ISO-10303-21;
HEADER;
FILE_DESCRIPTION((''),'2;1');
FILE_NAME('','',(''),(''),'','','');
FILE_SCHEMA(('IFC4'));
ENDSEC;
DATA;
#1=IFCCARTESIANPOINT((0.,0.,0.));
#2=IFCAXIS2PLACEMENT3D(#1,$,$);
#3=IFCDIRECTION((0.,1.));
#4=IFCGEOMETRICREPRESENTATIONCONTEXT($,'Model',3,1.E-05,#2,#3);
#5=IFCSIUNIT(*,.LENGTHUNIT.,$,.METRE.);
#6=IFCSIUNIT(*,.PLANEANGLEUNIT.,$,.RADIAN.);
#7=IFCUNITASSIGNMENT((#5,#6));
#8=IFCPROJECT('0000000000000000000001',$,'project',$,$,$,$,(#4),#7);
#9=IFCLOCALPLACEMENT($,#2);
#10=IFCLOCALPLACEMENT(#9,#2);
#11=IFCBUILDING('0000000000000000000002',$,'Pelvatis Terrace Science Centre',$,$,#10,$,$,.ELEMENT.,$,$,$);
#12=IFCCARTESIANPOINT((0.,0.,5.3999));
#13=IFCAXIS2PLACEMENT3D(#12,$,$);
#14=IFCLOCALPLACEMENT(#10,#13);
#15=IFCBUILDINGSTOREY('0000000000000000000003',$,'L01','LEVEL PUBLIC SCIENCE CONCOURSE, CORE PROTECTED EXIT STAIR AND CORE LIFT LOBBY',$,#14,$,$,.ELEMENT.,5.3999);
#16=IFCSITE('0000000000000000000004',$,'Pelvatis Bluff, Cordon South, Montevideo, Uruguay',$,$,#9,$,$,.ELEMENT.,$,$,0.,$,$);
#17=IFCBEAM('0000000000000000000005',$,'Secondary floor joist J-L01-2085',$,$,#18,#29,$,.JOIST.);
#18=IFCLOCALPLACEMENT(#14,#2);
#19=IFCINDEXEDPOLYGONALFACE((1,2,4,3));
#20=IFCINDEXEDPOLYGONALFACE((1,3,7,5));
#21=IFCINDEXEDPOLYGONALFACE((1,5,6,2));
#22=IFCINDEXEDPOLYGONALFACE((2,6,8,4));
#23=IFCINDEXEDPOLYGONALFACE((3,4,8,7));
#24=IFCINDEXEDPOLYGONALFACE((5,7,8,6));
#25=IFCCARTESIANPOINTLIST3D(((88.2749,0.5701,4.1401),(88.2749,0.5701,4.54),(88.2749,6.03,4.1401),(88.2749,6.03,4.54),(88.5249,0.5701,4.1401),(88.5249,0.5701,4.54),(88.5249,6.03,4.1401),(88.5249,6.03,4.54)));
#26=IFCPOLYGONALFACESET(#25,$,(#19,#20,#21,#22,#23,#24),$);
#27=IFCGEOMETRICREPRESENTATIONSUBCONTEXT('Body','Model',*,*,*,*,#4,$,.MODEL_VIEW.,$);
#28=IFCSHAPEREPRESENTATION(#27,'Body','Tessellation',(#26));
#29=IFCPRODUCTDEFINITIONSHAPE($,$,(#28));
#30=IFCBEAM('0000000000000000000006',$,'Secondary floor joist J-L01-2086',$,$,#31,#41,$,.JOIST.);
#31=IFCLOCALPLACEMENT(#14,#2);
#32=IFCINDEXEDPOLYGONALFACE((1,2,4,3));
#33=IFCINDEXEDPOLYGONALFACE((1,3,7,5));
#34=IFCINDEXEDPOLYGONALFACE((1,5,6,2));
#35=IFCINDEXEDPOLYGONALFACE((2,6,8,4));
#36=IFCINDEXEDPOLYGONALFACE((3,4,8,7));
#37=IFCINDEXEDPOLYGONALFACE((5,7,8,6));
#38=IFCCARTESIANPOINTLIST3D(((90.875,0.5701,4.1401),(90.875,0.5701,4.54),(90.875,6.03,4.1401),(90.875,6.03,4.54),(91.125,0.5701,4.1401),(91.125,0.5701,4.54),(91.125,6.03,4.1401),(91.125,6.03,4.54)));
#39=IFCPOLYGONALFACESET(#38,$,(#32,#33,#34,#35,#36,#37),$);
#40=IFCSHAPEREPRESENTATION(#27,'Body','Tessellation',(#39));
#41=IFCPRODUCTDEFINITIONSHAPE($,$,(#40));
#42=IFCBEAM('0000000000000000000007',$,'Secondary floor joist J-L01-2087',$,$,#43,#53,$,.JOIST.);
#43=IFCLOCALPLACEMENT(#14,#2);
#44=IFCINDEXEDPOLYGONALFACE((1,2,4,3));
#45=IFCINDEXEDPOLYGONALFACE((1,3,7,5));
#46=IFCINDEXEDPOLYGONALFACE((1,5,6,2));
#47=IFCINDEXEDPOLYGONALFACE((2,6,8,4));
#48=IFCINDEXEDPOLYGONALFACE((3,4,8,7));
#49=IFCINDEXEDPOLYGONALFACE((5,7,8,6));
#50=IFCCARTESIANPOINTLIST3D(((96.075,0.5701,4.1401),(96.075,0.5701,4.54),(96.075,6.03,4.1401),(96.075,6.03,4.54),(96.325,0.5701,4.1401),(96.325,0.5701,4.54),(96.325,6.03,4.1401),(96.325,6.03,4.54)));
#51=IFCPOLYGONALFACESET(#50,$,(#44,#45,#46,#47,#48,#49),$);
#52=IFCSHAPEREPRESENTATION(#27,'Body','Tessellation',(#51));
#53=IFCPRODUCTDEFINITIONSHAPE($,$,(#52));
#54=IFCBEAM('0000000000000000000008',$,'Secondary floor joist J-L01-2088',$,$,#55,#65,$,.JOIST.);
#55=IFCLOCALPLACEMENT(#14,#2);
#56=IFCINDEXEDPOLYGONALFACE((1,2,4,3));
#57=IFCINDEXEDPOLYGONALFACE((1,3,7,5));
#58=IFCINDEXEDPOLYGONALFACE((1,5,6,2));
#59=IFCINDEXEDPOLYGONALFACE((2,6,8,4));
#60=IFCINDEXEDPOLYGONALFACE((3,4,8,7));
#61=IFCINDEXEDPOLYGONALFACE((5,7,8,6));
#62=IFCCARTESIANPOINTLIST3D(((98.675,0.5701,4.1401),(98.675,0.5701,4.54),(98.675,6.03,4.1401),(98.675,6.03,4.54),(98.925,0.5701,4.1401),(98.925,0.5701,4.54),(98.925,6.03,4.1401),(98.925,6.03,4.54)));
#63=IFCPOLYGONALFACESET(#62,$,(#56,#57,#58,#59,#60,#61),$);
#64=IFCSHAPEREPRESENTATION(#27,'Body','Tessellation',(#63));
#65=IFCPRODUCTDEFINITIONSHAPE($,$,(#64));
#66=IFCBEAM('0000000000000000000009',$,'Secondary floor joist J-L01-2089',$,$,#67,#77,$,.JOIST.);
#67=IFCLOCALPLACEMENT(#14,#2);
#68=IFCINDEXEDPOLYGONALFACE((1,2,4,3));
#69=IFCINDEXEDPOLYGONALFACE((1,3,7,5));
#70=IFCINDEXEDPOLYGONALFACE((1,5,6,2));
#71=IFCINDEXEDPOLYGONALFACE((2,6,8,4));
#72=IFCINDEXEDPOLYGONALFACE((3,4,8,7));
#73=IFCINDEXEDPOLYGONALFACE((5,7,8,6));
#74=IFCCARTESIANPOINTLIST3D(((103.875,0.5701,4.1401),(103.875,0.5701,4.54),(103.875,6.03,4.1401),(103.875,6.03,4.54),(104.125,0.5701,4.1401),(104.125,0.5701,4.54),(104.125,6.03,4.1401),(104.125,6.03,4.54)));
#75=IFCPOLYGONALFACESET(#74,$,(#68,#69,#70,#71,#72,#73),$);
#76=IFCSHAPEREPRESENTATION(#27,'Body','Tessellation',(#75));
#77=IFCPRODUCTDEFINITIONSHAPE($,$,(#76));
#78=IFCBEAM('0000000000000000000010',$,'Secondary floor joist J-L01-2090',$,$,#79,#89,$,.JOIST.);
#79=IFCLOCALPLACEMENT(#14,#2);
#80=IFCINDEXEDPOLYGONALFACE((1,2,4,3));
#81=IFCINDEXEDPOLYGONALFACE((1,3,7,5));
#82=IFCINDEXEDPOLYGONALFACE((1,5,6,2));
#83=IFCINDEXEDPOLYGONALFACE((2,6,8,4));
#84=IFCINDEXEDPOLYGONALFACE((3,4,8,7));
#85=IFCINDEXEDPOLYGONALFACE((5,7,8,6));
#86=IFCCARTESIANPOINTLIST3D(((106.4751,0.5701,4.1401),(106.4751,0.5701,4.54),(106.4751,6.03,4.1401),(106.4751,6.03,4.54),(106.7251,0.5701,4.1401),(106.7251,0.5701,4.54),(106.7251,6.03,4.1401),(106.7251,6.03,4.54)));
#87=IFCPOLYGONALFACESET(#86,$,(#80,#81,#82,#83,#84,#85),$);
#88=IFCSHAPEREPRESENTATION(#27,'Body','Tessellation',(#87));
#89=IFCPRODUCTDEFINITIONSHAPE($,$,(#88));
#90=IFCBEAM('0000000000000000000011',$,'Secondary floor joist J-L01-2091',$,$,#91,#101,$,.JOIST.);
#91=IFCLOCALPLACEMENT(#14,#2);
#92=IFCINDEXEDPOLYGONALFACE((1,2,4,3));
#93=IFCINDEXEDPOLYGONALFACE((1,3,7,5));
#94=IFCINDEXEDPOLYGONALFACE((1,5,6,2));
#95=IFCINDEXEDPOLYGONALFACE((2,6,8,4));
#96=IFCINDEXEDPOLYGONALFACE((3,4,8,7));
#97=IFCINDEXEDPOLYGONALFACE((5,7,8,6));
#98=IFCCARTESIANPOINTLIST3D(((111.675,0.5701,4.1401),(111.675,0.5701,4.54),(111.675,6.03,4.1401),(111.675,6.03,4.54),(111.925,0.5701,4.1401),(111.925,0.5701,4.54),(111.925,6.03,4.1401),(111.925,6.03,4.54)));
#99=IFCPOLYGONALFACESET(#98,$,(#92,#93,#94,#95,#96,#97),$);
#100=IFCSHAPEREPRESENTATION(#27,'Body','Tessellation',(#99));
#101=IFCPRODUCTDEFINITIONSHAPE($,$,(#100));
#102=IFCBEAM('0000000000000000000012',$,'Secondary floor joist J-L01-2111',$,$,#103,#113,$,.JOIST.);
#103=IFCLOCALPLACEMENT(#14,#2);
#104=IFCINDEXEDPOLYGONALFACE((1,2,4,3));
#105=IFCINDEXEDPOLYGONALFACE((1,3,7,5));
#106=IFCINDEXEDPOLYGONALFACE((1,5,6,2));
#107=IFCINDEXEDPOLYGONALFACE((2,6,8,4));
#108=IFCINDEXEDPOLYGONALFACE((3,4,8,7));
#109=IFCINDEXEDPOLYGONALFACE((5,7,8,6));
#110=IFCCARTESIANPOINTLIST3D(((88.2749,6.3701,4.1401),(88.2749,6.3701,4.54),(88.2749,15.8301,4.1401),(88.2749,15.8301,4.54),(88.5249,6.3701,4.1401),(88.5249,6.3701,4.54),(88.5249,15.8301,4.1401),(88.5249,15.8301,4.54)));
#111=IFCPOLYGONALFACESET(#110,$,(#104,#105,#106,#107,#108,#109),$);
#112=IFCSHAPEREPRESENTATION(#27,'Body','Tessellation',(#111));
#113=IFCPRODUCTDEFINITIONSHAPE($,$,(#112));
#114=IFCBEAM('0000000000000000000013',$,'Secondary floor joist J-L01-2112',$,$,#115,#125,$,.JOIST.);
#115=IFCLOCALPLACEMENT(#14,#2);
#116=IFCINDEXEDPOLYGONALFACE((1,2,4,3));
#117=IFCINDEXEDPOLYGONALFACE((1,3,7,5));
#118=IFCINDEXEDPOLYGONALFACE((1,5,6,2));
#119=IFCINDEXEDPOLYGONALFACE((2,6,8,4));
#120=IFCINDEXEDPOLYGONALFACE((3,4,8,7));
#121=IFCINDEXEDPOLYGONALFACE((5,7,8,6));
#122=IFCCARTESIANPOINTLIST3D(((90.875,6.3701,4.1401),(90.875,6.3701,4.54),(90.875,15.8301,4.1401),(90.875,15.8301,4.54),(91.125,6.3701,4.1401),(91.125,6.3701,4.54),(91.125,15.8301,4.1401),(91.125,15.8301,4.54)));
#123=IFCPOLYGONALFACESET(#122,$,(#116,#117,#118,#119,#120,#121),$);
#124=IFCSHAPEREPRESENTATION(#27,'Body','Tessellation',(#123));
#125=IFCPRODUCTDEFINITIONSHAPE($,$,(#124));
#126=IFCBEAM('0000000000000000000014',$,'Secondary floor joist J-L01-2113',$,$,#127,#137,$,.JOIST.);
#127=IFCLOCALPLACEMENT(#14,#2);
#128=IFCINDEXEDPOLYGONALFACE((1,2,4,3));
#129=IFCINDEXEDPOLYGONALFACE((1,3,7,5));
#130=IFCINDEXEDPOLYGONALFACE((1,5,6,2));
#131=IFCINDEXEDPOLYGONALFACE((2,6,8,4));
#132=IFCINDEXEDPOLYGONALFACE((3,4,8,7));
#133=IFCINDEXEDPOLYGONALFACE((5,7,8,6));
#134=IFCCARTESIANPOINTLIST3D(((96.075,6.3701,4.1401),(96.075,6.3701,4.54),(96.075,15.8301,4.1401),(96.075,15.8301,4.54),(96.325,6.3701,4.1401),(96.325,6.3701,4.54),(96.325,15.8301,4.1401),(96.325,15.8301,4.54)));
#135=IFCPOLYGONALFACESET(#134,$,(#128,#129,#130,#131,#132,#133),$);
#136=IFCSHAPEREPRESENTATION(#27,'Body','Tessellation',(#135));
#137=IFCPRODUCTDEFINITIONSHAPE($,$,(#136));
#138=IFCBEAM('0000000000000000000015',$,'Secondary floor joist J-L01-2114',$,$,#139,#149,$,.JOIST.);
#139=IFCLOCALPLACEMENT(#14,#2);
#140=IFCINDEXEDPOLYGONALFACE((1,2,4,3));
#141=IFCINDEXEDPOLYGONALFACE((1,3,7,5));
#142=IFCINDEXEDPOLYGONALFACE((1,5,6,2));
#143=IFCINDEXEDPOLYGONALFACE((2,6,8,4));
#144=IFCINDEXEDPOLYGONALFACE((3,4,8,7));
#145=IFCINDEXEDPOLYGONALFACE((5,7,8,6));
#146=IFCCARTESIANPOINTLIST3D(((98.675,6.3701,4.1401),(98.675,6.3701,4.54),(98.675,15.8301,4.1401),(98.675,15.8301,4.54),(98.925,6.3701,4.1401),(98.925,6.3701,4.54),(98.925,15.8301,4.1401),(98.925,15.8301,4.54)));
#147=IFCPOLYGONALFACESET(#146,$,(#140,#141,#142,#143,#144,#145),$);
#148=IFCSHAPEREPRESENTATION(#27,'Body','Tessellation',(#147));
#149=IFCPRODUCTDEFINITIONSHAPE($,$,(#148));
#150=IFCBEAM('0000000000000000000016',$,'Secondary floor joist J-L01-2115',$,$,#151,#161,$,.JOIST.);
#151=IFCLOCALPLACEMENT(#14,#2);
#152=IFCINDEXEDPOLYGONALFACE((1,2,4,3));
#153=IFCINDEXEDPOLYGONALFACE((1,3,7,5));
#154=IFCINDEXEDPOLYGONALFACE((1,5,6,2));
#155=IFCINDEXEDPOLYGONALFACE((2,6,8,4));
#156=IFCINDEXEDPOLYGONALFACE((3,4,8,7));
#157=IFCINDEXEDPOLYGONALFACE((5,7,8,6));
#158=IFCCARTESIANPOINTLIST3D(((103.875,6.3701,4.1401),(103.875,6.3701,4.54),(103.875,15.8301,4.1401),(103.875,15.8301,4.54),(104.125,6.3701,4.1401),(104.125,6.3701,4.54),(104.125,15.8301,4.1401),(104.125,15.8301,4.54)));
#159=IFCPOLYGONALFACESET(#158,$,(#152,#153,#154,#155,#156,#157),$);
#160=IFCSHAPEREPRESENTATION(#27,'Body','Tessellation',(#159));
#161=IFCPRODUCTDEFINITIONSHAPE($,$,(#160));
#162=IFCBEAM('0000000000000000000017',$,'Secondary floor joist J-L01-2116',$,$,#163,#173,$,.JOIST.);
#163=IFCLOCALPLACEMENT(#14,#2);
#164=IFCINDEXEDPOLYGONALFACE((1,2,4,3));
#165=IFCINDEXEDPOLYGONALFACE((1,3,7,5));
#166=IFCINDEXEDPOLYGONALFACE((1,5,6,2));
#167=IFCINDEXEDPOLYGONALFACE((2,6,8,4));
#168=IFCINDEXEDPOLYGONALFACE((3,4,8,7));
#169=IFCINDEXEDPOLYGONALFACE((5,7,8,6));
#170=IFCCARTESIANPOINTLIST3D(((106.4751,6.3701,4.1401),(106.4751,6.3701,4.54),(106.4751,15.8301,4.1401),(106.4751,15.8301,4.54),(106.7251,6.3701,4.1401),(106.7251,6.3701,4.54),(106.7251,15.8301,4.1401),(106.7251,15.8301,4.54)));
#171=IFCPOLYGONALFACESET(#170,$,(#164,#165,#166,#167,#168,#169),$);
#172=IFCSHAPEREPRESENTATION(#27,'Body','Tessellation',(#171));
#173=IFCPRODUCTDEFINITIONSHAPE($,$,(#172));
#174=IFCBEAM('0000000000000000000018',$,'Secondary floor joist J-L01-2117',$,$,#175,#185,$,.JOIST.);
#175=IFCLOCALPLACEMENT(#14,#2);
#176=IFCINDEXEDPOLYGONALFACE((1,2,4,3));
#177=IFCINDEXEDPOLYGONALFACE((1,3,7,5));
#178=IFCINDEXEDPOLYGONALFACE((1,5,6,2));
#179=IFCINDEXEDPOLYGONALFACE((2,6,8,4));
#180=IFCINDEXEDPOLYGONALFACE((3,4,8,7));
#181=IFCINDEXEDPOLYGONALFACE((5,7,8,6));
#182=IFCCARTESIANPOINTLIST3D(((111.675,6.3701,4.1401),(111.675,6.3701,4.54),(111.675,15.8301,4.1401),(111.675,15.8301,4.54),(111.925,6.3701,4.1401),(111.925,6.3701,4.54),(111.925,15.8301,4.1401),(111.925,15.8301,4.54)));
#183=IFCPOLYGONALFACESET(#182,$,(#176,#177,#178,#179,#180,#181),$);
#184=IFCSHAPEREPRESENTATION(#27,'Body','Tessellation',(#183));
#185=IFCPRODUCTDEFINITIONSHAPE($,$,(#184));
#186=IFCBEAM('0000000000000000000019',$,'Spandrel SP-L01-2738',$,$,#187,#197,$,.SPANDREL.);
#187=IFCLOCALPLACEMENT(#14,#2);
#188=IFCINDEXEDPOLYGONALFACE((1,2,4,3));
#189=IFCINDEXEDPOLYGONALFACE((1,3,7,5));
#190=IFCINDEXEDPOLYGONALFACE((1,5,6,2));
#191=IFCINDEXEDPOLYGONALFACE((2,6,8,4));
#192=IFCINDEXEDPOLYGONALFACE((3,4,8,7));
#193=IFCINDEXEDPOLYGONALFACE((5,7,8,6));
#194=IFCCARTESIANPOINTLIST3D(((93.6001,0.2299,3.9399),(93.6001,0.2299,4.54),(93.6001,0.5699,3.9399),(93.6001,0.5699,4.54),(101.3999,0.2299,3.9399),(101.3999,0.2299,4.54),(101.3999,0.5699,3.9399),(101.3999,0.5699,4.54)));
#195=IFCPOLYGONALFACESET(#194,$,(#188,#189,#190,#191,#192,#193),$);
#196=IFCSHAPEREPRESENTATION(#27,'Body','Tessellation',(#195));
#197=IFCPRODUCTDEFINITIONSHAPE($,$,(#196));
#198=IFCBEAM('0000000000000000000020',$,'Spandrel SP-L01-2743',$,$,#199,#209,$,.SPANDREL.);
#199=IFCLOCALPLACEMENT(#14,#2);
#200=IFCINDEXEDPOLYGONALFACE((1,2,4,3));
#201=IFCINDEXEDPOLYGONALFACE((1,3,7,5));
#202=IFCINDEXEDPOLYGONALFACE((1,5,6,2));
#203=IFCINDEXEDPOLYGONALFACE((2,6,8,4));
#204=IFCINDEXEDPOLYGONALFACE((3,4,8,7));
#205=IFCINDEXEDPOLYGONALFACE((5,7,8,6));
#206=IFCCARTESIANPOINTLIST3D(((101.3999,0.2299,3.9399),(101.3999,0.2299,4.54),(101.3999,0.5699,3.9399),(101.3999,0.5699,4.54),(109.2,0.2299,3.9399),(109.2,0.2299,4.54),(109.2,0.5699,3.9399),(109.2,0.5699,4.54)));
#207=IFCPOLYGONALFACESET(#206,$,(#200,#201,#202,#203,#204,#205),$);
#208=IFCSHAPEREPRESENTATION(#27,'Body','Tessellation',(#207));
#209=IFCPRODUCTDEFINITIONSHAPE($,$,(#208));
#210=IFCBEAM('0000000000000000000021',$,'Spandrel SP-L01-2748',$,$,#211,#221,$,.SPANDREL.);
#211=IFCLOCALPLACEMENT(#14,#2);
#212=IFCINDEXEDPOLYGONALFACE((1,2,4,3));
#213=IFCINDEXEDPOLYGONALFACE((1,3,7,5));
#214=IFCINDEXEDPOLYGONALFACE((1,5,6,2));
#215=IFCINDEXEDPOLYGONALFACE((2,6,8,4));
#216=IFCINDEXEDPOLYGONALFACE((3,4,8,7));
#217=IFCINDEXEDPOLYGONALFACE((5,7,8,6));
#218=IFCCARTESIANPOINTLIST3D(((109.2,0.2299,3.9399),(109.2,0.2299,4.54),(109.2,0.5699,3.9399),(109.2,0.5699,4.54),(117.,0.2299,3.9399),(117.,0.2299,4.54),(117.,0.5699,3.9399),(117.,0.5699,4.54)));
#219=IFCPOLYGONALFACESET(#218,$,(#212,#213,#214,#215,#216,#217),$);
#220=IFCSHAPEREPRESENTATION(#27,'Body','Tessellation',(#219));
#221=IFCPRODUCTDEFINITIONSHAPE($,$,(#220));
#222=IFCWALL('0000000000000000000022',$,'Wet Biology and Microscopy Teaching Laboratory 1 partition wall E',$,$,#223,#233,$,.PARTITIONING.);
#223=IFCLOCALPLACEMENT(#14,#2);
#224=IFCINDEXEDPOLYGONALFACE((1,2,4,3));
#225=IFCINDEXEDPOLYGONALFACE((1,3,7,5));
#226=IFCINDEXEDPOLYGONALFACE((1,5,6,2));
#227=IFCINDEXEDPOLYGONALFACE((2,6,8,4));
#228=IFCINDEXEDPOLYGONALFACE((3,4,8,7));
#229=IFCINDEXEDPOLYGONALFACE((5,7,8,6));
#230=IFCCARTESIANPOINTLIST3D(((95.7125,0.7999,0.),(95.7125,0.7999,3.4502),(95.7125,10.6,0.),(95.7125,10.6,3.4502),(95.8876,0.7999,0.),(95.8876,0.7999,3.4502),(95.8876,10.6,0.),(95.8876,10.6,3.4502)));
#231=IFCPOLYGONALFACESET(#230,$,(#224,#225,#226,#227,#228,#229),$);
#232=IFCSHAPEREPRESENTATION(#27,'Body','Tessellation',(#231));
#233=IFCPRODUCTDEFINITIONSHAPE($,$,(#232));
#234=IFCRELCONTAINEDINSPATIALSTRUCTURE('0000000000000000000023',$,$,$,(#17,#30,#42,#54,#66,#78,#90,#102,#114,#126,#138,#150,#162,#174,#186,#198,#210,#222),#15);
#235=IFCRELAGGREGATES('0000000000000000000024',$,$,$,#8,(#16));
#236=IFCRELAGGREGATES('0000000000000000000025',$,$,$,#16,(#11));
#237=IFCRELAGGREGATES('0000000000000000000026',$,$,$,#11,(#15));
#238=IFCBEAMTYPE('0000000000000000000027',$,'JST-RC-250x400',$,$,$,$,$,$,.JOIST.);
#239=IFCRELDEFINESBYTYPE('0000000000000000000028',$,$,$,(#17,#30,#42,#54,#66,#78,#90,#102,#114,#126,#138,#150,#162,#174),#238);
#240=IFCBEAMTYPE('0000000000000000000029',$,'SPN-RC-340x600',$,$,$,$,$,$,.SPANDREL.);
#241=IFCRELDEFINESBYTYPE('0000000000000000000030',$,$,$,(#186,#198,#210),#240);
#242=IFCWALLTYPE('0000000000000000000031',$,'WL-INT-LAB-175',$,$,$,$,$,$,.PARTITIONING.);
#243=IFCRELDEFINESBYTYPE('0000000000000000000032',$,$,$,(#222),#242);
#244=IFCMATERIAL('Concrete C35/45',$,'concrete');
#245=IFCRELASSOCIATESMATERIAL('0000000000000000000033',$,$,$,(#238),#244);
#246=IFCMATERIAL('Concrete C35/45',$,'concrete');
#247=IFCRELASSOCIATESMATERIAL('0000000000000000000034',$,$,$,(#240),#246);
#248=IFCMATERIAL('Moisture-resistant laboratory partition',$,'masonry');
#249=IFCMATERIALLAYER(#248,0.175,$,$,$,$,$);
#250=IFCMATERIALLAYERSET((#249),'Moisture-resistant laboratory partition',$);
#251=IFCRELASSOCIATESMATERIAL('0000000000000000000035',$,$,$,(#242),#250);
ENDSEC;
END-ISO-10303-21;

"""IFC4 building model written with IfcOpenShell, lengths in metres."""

from ifc_helpers import new_model, si_unit, direction, frame, frame_2d, origin, origin_2d, place, context, subcontext, project, spatial, rectangle, extrude, material, layer, layer_set, material_profile, profile_set, type_object, element, save


model = new_model("IFC4")

# Units and contexts
model_context = context("Model", 3, precision=1e-05, world=origin(), true_north=direction((0.0, 1.0)))
body_context = subcontext(model_context, "Body", "Model", "MODEL_VIEW")
ifc_project = project(units=[si_unit("LENGTHUNIT", "METRE"), si_unit("PLANEANGLEUNIT", "RADIAN")], contexts=[model_context])

# Site, building, storey
site_placement = place(None, origin())
site = spatial("IfcSite", under=ifc_project, at=site_placement, Name="Pelvatis Bluff, Cordon South, Montevideo, Uruguay", CompositionType="ELEMENT", RefElevation=0.0)
building_placement = place(site_placement, origin())
building = spatial("IfcBuilding", under=site, at=building_placement, Name="Pelvatis Terrace Science Centre", CompositionType="ELEMENT")
storey_placement = place(building_placement, frame((0.0, 0.0, 5.3999)))
storey = spatial("IfcBuildingStorey", under=building, at=storey_placement, Name="L01", Description="LEVEL PUBLIC SCIENCE CONCOURSE, CORE PROTECTED EXIT STAIR AND CORE LIFT LOBBY", CompositionType="ELEMENT", Elevation=5.3999)

# Beams
ifc_material_1 = material(Name="Concrete C35/45", Category="concrete")
ifc_material_profile_1 = material_profile(ifc_material_1, rectangle(XDim=0.25, YDim=0.3999, at=origin_2d()), Name="RC-JST 250x400")
ifc_profile_set_1 = profile_set([ifc_material_profile_1], Name="Concrete C35/45")
beam_type_1 = type_object("IfcBeamType", Name="JST-RC-250x400", PredefinedType="JOIST", material=ifc_profile_set_1)
for number, where, z_axis, x_axis, name in (
    (1, (88.3999, 0.5701, 4.3401), (0.0, 1.0, 0.0), (-1.0, 0.0, 0.0), "Secondary floor joist J-L01-2085"),
    (2, (91.0, 0.5701, 4.3401), (0.0, 1.0, 0.0), (-1.0, 0.0, 0.0), "Secondary floor joist J-L01-2086"),
    (3, (96.2, 0.5701, 4.3401), (0.0, 1.0, 0.0), (-1.0, 0.0, 0.0), "Secondary floor joist J-L01-2087"),
    (4, (98.8, 0.5701, 4.3401), (0.0, 1.0, 0.0), (-1.0, 0.0, 0.0), "Secondary floor joist J-L01-2088"),
    (5, (104.0, 0.5701, 4.3401), (0.0, 1.0, 0.0), (-1.0, 0.0, 0.0), "Secondary floor joist J-L01-2089"),
    (6, (106.6001, 0.5701, 4.3401), (0.0, 1.0, 0.0), (-1.0, 0.0, 0.0), "Secondary floor joist J-L01-2090"),
    (7, (111.8, 0.5701, 4.3401), (0.0, 1.0, 0.0), (-1.0, 0.0, 0.0), "Secondary floor joist J-L01-2091"),
):
    element("IfcBeam", number, at=place(storey_placement, frame(where, z_axis=z_axis, x_axis=x_axis)), inside=storey, type_object=beam_type_1, Name=name, PredefinedType="JOIST", context=body_context, shape_type="SweptSolid", body=[
        extrude(rectangle(XDim=0.25, YDim=0.3999, at=origin_2d()), origin(), (0.0, 0.0, 1.0), 5.46),
    ])
for number, where, z_axis, x_axis, name in (
    (8, (88.3999, 6.3701, 4.3401), (0.0, 1.0, 0.0), (-1.0, 0.0, 0.0), "Secondary floor joist J-L01-2111"),
    (9, (91.0, 6.3701, 4.3401), (0.0, 1.0, 0.0), (-1.0, 0.0, 0.0), "Secondary floor joist J-L01-2112"),
    (10, (96.2, 6.3701, 4.3401), (0.0, 1.0, 0.0), (-1.0, 0.0, 0.0), "Secondary floor joist J-L01-2113"),
    (11, (98.8, 6.3701, 4.3401), (0.0, 1.0, 0.0), (-1.0, 0.0, 0.0), "Secondary floor joist J-L01-2114"),
    (12, (104.0, 6.3701, 4.3401), (0.0, 1.0, 0.0), (-1.0, 0.0, 0.0), "Secondary floor joist J-L01-2115"),
    (13, (106.6001, 6.3701, 4.3401), (0.0, 1.0, 0.0), (-1.0, 0.0, 0.0), "Secondary floor joist J-L01-2116"),
    (14, (111.8, 6.3701, 4.3401), (0.0, 1.0, 0.0), (-1.0, 0.0, 0.0), "Secondary floor joist J-L01-2117"),
):
    element("IfcBeam", number, at=place(storey_placement, frame(where, z_axis=z_axis, x_axis=x_axis)), inside=storey, type_object=beam_type_1, Name=name, PredefinedType="JOIST", context=body_context, shape_type="SweptSolid", body=[
        extrude(rectangle(XDim=0.25, YDim=0.3999, at=origin_2d()), origin(), (0.0, 0.0, 1.0), 9.46),
    ])
ifc_material_2 = material(Name="Concrete C35/45", Category="concrete")
ifc_material_profile_2 = material_profile(ifc_material_2, rectangle(XDim=0.3401, YDim=0.6001, at=origin_2d()), Name="RC-SPN 340x600")
ifc_profile_set_2 = profile_set([ifc_material_profile_2], Name="Concrete C35/45")
beam_type_2 = type_object("IfcBeamType", Name="SPN-RC-340x600", PredefinedType="SPANDREL", material=ifc_profile_set_2)
beam_1_placement = place(storey_placement, frame((93.6001, 0.3999, 4.24), z_axis=(1.0, 0.0, 0.0), x_axis=(0.0, 1.0, 0.0)))
element("IfcBeam", 15, at=beam_1_placement, inside=storey, type_object=beam_type_2, Name="Spandrel SP-L01-2738", PredefinedType="SPANDREL", context=body_context, shape_type="SweptSolid", body=[
    extrude(rectangle(XDim=0.3401, YDim=0.6001, at=origin_2d()), origin(), (0.0, 0.0, 1.0), 7.7998),
])
for number, where, z_axis, x_axis, name in (
    (16, (101.3999, 0.3999, 4.24), (1.0, 0.0, 0.0), (0.0, 1.0, 0.0), "Spandrel SP-L01-2743"),
    (17, (109.2, 0.3999, 4.24), (1.0, 0.0, 0.0), (0.0, 1.0, 0.0), "Spandrel SP-L01-2748"),
):
    element("IfcBeam", number, at=place(storey_placement, frame(where, z_axis=z_axis, x_axis=x_axis)), inside=storey, type_object=beam_type_2, Name=name, PredefinedType="SPANDREL", context=body_context, shape_type="SweptSolid", body=[
        extrude(rectangle(XDim=0.3401, YDim=0.6001, at=origin_2d()), origin(), (0.0, 0.0, 1.0), 7.8),
    ])

# Wall
ifc_material_3 = material(Name="Moisture-resistant laboratory partition", Category="masonry")
ifc_layer_1 = layer(ifc_material_3, 0.175)
ifc_layer_set_1 = layer_set([ifc_layer_1], Name="Moisture-resistant laboratory partition")
wall_type = type_object("IfcWallType", Name="WL-INT-LAB-175", PredefinedType="PARTITIONING", material=ifc_layer_set_1)
wall_1_placement = place(storey_placement, frame((95.8, 0.8, 0.0), z_axis=(0.0, 0.0, 1.0), x_axis=(0.0, 1.0, 0.0)))
element("IfcWall", 18, at=wall_1_placement, inside=storey, type_object=wall_type, Name="Wet Biology and Microscopy Teaching Laboratory 1 partition wall E", PredefinedType="PARTITIONING", context=body_context, shape_type="SweptSolid", body=[
    extrude(rectangle(XDim=9.8, YDim=0.175, at=frame_2d((4.8999, 0.0))), origin(), (0.0, 0.0, 1.0), 3.4502),
])

save(model, "model.ifc")
